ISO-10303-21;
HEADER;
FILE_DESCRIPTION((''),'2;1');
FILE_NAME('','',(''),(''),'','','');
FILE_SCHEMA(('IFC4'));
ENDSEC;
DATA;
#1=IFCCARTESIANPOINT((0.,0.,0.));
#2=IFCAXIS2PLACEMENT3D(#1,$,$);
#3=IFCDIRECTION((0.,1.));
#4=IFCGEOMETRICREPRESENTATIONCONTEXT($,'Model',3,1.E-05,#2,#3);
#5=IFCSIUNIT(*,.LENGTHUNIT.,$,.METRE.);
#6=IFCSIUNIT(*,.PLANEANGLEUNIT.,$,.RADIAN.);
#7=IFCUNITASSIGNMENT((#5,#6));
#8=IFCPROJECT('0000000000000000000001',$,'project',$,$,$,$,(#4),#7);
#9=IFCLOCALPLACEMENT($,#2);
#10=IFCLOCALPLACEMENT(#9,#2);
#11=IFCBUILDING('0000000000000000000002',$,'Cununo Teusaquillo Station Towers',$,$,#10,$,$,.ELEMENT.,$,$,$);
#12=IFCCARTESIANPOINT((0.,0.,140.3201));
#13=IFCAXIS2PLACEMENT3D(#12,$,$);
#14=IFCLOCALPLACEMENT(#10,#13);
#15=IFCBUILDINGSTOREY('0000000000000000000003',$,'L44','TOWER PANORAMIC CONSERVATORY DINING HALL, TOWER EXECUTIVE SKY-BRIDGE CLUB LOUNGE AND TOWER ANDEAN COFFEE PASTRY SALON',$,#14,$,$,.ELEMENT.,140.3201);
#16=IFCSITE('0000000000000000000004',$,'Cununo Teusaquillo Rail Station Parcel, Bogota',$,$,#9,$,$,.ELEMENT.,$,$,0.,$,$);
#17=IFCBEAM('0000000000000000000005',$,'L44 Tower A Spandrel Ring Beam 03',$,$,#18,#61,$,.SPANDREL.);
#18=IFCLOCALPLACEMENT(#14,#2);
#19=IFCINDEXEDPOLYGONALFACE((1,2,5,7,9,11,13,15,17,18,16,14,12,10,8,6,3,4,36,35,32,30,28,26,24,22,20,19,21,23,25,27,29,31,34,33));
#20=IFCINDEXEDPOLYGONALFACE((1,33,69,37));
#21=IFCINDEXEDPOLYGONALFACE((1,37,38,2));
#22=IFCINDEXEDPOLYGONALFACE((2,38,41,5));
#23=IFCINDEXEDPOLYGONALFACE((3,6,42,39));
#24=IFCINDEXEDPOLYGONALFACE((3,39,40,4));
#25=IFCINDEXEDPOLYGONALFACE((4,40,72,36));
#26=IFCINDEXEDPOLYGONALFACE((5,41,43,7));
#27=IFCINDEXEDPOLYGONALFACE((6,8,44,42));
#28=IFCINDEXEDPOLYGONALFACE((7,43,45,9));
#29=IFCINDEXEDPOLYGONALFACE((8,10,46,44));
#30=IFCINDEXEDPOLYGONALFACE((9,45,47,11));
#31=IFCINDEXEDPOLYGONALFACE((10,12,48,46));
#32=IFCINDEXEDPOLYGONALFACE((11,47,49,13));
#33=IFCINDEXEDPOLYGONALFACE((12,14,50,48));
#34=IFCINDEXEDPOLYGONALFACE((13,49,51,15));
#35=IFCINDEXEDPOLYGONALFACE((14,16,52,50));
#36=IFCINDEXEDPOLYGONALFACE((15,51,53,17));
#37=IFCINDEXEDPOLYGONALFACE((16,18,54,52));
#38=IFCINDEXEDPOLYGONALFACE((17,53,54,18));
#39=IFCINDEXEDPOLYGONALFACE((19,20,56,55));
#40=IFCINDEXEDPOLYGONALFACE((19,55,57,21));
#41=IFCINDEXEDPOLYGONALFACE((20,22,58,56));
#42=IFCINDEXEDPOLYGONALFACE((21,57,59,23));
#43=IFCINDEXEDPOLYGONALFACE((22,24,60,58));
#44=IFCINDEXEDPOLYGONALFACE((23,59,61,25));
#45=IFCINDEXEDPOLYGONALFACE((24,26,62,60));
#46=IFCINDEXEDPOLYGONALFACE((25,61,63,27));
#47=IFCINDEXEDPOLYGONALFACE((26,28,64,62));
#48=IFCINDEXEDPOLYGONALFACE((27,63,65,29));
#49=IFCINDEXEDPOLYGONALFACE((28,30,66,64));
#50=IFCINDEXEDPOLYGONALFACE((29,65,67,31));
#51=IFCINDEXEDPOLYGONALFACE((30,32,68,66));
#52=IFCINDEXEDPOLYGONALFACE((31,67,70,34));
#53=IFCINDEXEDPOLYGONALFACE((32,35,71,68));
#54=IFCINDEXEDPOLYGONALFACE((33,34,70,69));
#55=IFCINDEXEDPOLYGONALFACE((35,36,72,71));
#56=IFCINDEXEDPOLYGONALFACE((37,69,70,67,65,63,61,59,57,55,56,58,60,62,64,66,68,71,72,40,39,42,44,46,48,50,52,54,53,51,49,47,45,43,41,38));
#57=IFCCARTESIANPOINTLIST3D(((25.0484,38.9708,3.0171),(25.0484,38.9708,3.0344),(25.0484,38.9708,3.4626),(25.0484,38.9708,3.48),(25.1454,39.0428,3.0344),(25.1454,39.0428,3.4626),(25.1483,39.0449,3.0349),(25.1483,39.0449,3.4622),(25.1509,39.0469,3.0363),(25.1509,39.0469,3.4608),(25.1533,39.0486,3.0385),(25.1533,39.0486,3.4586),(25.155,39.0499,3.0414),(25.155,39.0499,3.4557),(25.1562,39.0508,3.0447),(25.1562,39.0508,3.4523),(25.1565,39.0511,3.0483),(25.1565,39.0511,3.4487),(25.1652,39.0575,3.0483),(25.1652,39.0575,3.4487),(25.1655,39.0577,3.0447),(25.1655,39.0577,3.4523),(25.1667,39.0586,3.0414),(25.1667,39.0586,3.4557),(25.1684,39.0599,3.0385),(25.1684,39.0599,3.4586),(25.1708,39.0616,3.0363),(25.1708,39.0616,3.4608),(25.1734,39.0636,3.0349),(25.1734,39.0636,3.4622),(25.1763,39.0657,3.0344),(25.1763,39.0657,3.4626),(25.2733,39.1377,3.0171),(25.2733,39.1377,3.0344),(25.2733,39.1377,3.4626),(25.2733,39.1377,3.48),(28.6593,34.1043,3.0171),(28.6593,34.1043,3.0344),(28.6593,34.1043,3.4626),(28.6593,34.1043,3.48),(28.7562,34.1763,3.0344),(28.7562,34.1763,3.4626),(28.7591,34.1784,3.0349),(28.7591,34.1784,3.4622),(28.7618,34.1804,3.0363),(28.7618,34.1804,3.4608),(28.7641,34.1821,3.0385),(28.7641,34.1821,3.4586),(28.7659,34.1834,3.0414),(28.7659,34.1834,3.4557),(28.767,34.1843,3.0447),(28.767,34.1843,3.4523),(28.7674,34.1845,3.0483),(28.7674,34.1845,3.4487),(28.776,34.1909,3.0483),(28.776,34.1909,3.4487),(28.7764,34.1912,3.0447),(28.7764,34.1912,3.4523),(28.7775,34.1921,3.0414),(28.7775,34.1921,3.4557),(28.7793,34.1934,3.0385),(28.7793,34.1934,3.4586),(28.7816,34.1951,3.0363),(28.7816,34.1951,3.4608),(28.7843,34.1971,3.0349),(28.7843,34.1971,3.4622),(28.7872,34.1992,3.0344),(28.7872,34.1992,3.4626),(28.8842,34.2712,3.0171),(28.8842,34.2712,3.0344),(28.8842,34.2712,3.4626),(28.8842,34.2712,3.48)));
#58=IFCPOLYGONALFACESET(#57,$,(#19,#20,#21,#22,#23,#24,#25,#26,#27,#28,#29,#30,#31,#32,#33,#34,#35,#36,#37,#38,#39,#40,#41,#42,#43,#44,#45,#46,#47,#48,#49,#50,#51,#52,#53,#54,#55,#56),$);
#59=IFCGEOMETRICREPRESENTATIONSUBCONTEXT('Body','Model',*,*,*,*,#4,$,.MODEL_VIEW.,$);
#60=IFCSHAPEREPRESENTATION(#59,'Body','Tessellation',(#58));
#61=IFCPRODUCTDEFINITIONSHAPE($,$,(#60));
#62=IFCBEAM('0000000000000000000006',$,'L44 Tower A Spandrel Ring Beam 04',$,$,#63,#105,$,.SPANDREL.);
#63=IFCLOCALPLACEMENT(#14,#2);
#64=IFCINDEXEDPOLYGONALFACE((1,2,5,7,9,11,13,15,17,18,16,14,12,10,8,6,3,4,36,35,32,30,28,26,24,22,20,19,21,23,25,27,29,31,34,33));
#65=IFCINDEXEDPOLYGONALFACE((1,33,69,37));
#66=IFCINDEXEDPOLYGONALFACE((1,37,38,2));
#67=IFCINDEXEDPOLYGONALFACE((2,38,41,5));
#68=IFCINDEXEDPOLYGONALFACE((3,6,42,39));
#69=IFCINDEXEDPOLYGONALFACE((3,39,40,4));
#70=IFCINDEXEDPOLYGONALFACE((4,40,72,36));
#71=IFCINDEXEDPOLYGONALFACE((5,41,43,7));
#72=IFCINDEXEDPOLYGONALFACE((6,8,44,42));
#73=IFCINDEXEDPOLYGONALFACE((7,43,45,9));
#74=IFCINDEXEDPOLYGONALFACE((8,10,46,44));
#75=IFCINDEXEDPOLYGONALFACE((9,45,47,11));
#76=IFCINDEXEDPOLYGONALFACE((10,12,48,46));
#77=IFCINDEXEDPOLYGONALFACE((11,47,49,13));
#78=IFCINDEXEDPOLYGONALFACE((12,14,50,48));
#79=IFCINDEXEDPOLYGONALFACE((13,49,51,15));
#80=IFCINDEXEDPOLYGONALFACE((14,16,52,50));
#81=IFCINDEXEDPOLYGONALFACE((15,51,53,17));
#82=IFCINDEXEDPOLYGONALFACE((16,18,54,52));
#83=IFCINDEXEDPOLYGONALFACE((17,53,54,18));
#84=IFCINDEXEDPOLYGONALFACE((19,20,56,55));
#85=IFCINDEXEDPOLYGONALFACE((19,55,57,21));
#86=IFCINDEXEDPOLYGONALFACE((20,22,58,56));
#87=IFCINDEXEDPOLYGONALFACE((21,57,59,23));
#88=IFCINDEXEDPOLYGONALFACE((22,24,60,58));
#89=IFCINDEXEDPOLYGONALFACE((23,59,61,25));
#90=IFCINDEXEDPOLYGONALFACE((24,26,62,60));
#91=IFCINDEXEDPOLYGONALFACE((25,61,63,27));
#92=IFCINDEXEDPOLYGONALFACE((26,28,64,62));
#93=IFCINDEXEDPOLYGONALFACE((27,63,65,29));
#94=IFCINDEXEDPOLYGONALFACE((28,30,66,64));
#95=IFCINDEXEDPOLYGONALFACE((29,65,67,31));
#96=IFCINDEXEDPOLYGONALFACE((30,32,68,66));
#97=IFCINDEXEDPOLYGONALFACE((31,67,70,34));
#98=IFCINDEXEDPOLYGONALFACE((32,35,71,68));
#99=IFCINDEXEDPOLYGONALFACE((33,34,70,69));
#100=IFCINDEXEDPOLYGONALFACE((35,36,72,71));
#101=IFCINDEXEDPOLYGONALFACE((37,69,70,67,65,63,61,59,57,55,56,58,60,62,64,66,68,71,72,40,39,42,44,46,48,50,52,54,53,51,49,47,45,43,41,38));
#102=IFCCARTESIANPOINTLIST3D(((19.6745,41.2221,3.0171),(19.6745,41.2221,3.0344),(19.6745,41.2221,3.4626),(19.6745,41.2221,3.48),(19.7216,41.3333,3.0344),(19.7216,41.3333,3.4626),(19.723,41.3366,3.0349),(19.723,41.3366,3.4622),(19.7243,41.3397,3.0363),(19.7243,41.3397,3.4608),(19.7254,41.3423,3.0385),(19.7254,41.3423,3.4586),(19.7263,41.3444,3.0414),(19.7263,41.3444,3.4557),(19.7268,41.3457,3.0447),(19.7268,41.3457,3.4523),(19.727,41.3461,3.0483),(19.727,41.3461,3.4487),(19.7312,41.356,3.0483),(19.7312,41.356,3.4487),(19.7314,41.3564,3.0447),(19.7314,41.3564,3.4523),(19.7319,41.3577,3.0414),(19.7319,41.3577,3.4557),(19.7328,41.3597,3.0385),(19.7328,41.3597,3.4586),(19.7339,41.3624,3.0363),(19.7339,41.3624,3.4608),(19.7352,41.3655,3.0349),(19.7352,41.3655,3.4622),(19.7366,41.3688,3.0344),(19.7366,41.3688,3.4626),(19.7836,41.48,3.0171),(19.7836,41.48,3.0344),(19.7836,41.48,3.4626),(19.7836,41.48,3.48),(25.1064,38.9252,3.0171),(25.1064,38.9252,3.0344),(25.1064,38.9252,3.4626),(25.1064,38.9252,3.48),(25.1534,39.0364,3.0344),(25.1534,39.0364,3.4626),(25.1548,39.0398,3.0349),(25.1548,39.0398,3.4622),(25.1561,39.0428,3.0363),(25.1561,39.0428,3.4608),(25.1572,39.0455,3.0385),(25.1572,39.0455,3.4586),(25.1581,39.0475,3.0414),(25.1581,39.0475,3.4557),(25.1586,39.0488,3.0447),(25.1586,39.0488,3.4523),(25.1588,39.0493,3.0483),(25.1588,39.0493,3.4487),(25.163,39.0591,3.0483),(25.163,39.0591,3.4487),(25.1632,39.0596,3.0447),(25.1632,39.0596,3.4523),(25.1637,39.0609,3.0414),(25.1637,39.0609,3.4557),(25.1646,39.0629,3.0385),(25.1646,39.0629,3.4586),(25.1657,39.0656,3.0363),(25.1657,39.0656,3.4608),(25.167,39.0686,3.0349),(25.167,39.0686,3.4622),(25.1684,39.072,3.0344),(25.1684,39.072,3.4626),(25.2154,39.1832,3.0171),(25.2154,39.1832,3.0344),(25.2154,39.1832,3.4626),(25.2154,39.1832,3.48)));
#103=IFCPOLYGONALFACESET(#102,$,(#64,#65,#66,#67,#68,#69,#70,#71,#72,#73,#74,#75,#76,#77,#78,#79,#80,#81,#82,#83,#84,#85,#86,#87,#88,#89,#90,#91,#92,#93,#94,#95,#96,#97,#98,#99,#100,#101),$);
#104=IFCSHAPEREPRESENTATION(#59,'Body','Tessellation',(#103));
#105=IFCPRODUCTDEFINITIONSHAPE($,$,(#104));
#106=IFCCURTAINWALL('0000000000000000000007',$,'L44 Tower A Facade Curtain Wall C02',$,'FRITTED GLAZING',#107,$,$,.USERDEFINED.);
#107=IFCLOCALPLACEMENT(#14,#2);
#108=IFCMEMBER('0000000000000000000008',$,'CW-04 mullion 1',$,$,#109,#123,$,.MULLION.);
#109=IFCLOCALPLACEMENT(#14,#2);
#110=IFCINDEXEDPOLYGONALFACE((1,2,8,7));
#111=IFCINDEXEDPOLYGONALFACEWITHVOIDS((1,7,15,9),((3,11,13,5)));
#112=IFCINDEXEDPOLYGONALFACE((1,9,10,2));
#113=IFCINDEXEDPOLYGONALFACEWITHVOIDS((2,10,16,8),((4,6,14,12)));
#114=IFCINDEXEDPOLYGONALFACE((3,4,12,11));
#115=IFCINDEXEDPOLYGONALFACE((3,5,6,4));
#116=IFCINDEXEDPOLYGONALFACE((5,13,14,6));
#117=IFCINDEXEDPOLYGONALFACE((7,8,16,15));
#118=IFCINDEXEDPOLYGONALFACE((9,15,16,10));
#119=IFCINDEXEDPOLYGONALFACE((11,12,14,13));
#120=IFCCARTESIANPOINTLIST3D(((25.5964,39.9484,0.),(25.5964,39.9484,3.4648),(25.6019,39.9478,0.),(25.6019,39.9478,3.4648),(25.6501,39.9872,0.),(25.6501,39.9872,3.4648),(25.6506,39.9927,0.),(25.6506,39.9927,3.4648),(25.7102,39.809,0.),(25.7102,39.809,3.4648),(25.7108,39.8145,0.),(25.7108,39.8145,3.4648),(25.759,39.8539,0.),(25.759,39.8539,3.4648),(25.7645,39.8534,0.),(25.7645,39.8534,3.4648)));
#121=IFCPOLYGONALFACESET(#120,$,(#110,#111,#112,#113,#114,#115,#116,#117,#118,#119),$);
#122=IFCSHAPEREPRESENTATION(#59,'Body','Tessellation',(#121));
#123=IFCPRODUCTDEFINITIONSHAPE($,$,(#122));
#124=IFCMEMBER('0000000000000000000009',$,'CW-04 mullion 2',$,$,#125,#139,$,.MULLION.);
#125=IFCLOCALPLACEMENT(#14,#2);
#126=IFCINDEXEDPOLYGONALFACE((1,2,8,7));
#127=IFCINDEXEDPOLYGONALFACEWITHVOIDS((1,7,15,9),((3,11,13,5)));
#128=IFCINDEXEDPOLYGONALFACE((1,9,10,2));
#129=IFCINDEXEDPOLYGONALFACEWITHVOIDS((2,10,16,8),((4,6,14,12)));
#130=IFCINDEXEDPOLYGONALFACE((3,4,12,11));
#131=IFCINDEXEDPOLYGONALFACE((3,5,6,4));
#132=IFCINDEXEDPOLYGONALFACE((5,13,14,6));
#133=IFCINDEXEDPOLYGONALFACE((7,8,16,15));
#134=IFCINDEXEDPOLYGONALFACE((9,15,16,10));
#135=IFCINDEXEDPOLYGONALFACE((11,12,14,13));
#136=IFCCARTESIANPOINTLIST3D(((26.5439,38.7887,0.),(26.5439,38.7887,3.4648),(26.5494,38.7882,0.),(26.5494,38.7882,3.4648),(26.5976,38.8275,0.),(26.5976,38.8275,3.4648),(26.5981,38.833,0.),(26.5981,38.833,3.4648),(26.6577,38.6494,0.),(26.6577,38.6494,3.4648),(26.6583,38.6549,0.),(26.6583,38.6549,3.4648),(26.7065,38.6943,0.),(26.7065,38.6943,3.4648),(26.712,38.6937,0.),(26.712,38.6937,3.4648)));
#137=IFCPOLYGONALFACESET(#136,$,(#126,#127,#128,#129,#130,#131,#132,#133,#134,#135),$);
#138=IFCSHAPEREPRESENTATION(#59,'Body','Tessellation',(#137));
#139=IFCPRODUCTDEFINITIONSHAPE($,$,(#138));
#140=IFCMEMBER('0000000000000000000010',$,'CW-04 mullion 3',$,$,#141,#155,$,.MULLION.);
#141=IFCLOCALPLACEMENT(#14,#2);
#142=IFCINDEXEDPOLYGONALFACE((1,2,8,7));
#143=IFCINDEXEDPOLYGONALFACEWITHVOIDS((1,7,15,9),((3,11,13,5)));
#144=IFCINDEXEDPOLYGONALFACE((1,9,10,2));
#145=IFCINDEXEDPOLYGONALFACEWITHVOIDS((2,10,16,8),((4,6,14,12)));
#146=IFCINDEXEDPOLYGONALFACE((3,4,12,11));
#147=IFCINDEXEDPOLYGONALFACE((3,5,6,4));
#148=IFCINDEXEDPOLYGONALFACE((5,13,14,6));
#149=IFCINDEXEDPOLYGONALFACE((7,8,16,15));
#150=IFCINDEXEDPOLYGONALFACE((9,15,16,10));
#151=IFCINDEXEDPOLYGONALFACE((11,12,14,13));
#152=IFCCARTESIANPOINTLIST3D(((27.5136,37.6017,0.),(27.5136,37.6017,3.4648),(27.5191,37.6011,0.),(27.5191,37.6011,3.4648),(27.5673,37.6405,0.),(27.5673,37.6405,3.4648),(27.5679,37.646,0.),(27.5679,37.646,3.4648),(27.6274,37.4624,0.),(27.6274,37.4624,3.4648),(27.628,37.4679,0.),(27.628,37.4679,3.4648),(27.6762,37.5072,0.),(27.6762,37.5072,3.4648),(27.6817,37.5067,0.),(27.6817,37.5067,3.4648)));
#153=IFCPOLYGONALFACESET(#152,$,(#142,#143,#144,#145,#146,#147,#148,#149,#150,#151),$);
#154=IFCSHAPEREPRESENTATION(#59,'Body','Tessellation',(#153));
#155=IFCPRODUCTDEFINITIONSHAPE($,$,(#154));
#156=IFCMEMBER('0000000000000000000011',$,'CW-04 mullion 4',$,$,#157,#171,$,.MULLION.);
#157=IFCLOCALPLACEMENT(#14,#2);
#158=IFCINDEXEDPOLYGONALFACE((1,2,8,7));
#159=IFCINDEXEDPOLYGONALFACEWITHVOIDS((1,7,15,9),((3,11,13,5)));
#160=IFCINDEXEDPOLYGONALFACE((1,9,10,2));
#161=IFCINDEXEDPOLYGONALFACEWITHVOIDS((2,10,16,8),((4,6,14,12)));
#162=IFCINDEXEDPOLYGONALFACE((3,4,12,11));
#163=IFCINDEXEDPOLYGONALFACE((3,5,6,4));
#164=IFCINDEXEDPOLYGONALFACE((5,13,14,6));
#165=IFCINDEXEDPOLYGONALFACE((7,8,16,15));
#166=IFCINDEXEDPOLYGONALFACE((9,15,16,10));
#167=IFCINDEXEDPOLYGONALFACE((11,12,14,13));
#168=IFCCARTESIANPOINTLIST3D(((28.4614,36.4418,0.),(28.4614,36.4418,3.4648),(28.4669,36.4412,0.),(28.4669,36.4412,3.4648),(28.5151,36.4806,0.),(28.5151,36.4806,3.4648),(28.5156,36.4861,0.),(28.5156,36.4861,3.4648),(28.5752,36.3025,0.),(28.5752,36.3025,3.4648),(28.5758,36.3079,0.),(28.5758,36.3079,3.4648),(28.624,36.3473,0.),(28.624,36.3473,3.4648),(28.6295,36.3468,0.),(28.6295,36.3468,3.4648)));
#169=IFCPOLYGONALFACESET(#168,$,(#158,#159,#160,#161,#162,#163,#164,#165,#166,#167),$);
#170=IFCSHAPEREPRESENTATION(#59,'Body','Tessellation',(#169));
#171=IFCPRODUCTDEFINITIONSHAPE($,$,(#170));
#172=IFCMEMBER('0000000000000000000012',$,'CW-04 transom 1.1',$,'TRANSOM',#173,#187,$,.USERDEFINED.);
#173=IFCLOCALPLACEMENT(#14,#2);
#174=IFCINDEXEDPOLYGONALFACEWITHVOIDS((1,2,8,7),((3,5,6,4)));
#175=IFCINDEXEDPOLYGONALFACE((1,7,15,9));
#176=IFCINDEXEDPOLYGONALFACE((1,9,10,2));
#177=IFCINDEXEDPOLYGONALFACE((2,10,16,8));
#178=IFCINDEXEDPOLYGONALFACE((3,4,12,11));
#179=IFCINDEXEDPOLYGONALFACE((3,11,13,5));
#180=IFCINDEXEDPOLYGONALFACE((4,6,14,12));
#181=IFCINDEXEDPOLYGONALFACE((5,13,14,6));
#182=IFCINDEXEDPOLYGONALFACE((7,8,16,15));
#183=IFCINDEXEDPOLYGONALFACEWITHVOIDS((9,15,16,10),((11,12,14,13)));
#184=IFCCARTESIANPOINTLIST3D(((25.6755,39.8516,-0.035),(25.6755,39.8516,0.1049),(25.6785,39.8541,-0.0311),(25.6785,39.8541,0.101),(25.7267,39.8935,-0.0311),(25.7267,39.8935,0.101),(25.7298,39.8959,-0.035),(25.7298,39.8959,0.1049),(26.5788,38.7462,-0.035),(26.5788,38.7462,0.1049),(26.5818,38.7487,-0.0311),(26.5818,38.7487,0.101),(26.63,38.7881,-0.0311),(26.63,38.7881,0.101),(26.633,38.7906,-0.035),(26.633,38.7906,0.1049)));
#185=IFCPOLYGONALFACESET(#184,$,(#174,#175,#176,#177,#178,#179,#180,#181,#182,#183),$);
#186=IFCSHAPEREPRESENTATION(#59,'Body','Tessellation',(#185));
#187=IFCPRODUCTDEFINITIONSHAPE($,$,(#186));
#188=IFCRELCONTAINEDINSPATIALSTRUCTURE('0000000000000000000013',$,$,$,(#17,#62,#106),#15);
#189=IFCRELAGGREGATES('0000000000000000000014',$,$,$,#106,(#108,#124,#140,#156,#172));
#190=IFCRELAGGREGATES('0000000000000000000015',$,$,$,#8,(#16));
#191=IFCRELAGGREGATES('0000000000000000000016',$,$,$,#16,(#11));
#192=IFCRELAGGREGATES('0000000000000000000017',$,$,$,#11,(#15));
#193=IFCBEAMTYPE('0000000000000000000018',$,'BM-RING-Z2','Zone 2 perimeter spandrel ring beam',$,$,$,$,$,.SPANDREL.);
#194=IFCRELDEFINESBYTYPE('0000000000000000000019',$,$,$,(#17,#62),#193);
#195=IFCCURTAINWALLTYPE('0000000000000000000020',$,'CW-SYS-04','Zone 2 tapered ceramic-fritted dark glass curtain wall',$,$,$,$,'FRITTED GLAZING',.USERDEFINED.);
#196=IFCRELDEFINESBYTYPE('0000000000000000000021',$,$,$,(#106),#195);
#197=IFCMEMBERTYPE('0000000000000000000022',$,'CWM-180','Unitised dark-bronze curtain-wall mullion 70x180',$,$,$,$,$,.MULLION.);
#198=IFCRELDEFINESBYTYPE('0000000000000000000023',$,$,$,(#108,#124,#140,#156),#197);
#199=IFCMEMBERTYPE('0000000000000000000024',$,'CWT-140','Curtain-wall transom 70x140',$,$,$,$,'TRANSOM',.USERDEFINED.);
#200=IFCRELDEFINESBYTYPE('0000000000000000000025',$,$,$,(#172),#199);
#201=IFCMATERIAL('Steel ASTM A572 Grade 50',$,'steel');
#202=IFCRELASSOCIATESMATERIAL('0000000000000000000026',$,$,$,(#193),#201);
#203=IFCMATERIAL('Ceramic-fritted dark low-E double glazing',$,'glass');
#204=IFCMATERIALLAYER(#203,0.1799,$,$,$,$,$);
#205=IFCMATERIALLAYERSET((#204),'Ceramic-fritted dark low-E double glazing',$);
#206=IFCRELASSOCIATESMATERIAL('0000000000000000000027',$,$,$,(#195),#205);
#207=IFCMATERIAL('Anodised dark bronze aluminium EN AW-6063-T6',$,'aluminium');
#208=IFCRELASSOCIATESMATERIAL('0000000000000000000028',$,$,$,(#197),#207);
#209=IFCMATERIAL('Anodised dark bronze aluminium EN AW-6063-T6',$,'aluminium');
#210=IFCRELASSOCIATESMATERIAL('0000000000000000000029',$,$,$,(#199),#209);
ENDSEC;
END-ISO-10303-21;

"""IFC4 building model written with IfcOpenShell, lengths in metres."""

from ifc_helpers import new_model, si_unit, direction, frame, origin, origin_2d, place, context, subcontext, project, spatial, hollow_rectangle, i_section, extrude, material, layer, layer_set, material_profile, profile_set, type_object, element, aggregate, save


model = new_model("IFC4")

# Units and contexts
model_context = context("Model", 3, precision=1e-05, world=origin(), true_north=direction((0.0, 1.0)))
body_context = subcontext(model_context, "Body", "Model", "MODEL_VIEW")
ifc_project = project(units=[si_unit("LENGTHUNIT", "METRE"), si_unit("PLANEANGLEUNIT", "RADIAN")], contexts=[model_context])

# Site, building, storey
site_placement = place(None, origin())
site = spatial("IfcSite", under=ifc_project, at=site_placement, Name="Cununo Teusaquillo Rail Station Parcel, Bogota", CompositionType="ELEMENT", RefElevation=0.0)
building_placement = place(site_placement, origin())
building = spatial("IfcBuilding", under=site, at=building_placement, Name="Cununo Teusaquillo Station Towers", CompositionType="ELEMENT")
storey_placement = place(building_placement, frame((0.0, 0.0, 140.3201)))
storey = spatial("IfcBuildingStorey", under=building, at=storey_placement, Name="L44", Description="TOWER PANORAMIC CONSERVATORY DINING HALL, TOWER EXECUTIVE SKY-BRIDGE CLUB LOUNGE AND TOWER ANDEAN COFFEE PASTRY SALON", CompositionType="ELEMENT", Elevation=140.3201)

# Beams
ifc_material_1 = material(Name="Steel ASTM A572 Grade 50", Category="steel")
ifc_material_profile_1 = material_profile(ifc_material_1, i_section(OverallWidth=0.28, OverallDepth=0.4629, WebThickness=0.0107, FlangeThickness=0.0173, FilletRadius=0.0139, at=origin_2d()), Name="W18X76")
ifc_profile_set_1 = profile_set([ifc_material_profile_1], Name="Steel ASTM A572 Grade 50")
beam_type = type_object("IfcBeamType", Name="BM-RING-Z2", Description="Zone 2 perimeter spandrel ring beam", PredefinedType="SPANDREL", material=ifc_profile_set_1)
beam_1_placement = place(storey_placement, frame((28.7717, 34.1877, 3.2485), z_axis=(-0.595873, 0.803079, 0.0), x_axis=(-0.803079, -0.595873, 0.0)))
element("IfcBeam", 1, at=beam_1_placement, inside=storey, type_object=beam_type, Name="L44 Tower A Spandrel Ring Beam 03", PredefinedType="SPANDREL", context=body_context, shape_type="SweptSolid", body=[
    extrude(i_section(OverallWidth=0.28, OverallDepth=0.4629, WebThickness=0.0107, FlangeThickness=0.0173, FilletRadius=0.0139, at=origin_2d()), origin(), (0.0, 0.0, 1.0), 6.0598),
])
beam_2_placement = place(storey_placement, frame((25.1609, 39.0542, 3.2485), z_axis=(-0.921042, 0.389463, 0.0), x_axis=(-0.389463, -0.921042, 0.0)))
element("IfcBeam", 2, at=beam_2_placement, inside=storey, type_object=beam_type, Name="L44 Tower A Spandrel Ring Beam 04", PredefinedType="SPANDREL", context=body_context, shape_type="SweptSolid", body=[
    extrude(i_section(OverallWidth=0.28, OverallDepth=0.4629, WebThickness=0.0107, FlangeThickness=0.0173, FilletRadius=0.0139, at=origin_2d()), origin(), (0.0, 0.0, 1.0), 5.8975),
])

# Curtain wall, members
ifc_material_2 = material(Name="Ceramic-fritted dark low-E double glazing", Category="glass")
ifc_layer_1 = layer(ifc_material_2, 0.1799)
ifc_layer_set_1 = layer_set([ifc_layer_1], Name="Ceramic-fritted dark low-E double glazing")
curtain_wall_type = type_object("IfcCurtainWallType", Name="CW-SYS-04", Description="Zone 2 tapered ceramic-fritted dark glass curtain wall", ElementType="FRITTED GLAZING", PredefinedType="USERDEFINED", material=ifc_layer_set_1)
curtain_wall_placement = place(storey_placement, origin())
curtain_wall = element("IfcCurtainWall", 3, at=curtain_wall_placement, inside=storey, type_object=curtain_wall_type, Name="L44 Tower A Facade Curtain Wall C02", ObjectType="FRITTED GLAZING", PredefinedType="USERDEFINED")
ifc_material_3 = material(Name="Anodised dark bronze aluminium EN AW-6063-T6", Category="aluminium")
ifc_material_profile_2 = material_profile(ifc_material_3, hollow_rectangle(XDim=0.0701, YDim=0.1799, WallThickness=0.0039, at=origin_2d()), Name="CW-MULL-70x180")
ifc_profile_set_2 = profile_set([ifc_material_profile_2], Name="Anodised dark bronze aluminium EN AW-6063-T6")
member_type_1 = type_object("IfcMemberType", Name="CWM-180", Description="Unitised dark-bronze curtain-wall mullion 70x180", PredefinedType="MULLION", material=ifc_profile_set_2)
member_1_placement = place(storey_placement, frame((25.6804, 39.9009, 0.0), z_axis=(0.0, 0.0, 1.0), x_axis=(0.774394, 0.632704, 0.0)))
member_1 = element("IfcMember", 4, at=member_1_placement, type_object=member_type_1, Name="CW-04 mullion 1", PredefinedType="MULLION", context=body_context, shape_type="SweptSolid", body=[
    extrude(hollow_rectangle(XDim=0.0701, YDim=0.1799, WallThickness=0.0039, at=origin_2d()), origin(), (0.0, 0.0, 1.0), 3.4648),
])
member_2_placement = place(storey_placement, frame((26.6279, 38.7412, 0.0), z_axis=(0.0, 0.0, 1.0), x_axis=(0.774394, 0.632704, 0.0)))
member_2 = element("IfcMember", 5, at=member_2_placement, type_object=member_type_1, Name="CW-04 mullion 2", PredefinedType="MULLION", context=body_context, shape_type="SweptSolid", body=[
    extrude(hollow_rectangle(XDim=0.0701, YDim=0.1799, WallThickness=0.0039, at=origin_2d()), origin(), (0.0, 0.0, 1.0), 3.4648),
])
member_3_placement = place(storey_placement, frame((27.5977, 37.5542, 0.0), z_axis=(0.0, 0.0, 1.0), x_axis=(0.774394, 0.632704, 0.0)))
member_3 = element("IfcMember", 6, at=member_3_placement, type_object=member_type_1, Name="CW-04 mullion 3", PredefinedType="MULLION", context=body_context, shape_type="SweptSolid", body=[
    extrude(hollow_rectangle(XDim=0.0701, YDim=0.1799, WallThickness=0.0039, at=origin_2d()), origin(), (0.0, 0.0, 1.0), 3.4648),
])
member_4_placement = place(storey_placement, frame((28.5454, 36.3943, 0.0), z_axis=(0.0, 0.0, 1.0), x_axis=(0.774394, 0.632704, 0.0)))
member_4 = element("IfcMember", 7, at=member_4_placement, type_object=member_type_1, Name="CW-04 mullion 4", PredefinedType="MULLION", context=body_context, shape_type="SweptSolid", body=[
    extrude(hollow_rectangle(XDim=0.0701, YDim=0.1799, WallThickness=0.0039, at=origin_2d()), origin(), (0.0, 0.0, 1.0), 3.4648),
])
ifc_material_4 = material(Name="Anodised dark bronze aluminium EN AW-6063-T6", Category="aluminium")
ifc_material_profile_3 = material_profile(ifc_material_4, hollow_rectangle(XDim=0.0701, YDim=0.1399, WallThickness=0.0039, at=origin_2d()), Name="CW-TRAN-70x140")
ifc_profile_set_3 = profile_set([ifc_material_profile_3], Name="Anodised dark bronze aluminium EN AW-6063-T6")
member_type_2 = type_object("IfcMemberType", Name="CWT-140", Description="Curtain-wall transom 70x140", ElementType="TRANSOM", PredefinedType="USERDEFINED", material=ifc_profile_set_3)
member_5_placement = place(storey_placement, frame((25.7026, 39.8738, 0.0349), z_axis=(0.632753, -0.774353, 0.0), x_axis=(0.774353, 0.632753, 0.0)))
member_5 = element("IfcMember", 8, at=member_5_placement, type_object=member_type_2, Name="CW-04 transom 1.1", ObjectType="TRANSOM", PredefinedType="USERDEFINED", context=body_context, shape_type="SweptSolid", body=[
    extrude(hollow_rectangle(XDim=0.0701, YDim=0.1399, WallThickness=0.0039, at=origin_2d()), origin(), (0.0, 0.0, 1.0), 1.4275),
])

aggregate(curtain_wall, [member_1, member_2, member_3, member_4, member_5])

save(model, "model.ifc")
